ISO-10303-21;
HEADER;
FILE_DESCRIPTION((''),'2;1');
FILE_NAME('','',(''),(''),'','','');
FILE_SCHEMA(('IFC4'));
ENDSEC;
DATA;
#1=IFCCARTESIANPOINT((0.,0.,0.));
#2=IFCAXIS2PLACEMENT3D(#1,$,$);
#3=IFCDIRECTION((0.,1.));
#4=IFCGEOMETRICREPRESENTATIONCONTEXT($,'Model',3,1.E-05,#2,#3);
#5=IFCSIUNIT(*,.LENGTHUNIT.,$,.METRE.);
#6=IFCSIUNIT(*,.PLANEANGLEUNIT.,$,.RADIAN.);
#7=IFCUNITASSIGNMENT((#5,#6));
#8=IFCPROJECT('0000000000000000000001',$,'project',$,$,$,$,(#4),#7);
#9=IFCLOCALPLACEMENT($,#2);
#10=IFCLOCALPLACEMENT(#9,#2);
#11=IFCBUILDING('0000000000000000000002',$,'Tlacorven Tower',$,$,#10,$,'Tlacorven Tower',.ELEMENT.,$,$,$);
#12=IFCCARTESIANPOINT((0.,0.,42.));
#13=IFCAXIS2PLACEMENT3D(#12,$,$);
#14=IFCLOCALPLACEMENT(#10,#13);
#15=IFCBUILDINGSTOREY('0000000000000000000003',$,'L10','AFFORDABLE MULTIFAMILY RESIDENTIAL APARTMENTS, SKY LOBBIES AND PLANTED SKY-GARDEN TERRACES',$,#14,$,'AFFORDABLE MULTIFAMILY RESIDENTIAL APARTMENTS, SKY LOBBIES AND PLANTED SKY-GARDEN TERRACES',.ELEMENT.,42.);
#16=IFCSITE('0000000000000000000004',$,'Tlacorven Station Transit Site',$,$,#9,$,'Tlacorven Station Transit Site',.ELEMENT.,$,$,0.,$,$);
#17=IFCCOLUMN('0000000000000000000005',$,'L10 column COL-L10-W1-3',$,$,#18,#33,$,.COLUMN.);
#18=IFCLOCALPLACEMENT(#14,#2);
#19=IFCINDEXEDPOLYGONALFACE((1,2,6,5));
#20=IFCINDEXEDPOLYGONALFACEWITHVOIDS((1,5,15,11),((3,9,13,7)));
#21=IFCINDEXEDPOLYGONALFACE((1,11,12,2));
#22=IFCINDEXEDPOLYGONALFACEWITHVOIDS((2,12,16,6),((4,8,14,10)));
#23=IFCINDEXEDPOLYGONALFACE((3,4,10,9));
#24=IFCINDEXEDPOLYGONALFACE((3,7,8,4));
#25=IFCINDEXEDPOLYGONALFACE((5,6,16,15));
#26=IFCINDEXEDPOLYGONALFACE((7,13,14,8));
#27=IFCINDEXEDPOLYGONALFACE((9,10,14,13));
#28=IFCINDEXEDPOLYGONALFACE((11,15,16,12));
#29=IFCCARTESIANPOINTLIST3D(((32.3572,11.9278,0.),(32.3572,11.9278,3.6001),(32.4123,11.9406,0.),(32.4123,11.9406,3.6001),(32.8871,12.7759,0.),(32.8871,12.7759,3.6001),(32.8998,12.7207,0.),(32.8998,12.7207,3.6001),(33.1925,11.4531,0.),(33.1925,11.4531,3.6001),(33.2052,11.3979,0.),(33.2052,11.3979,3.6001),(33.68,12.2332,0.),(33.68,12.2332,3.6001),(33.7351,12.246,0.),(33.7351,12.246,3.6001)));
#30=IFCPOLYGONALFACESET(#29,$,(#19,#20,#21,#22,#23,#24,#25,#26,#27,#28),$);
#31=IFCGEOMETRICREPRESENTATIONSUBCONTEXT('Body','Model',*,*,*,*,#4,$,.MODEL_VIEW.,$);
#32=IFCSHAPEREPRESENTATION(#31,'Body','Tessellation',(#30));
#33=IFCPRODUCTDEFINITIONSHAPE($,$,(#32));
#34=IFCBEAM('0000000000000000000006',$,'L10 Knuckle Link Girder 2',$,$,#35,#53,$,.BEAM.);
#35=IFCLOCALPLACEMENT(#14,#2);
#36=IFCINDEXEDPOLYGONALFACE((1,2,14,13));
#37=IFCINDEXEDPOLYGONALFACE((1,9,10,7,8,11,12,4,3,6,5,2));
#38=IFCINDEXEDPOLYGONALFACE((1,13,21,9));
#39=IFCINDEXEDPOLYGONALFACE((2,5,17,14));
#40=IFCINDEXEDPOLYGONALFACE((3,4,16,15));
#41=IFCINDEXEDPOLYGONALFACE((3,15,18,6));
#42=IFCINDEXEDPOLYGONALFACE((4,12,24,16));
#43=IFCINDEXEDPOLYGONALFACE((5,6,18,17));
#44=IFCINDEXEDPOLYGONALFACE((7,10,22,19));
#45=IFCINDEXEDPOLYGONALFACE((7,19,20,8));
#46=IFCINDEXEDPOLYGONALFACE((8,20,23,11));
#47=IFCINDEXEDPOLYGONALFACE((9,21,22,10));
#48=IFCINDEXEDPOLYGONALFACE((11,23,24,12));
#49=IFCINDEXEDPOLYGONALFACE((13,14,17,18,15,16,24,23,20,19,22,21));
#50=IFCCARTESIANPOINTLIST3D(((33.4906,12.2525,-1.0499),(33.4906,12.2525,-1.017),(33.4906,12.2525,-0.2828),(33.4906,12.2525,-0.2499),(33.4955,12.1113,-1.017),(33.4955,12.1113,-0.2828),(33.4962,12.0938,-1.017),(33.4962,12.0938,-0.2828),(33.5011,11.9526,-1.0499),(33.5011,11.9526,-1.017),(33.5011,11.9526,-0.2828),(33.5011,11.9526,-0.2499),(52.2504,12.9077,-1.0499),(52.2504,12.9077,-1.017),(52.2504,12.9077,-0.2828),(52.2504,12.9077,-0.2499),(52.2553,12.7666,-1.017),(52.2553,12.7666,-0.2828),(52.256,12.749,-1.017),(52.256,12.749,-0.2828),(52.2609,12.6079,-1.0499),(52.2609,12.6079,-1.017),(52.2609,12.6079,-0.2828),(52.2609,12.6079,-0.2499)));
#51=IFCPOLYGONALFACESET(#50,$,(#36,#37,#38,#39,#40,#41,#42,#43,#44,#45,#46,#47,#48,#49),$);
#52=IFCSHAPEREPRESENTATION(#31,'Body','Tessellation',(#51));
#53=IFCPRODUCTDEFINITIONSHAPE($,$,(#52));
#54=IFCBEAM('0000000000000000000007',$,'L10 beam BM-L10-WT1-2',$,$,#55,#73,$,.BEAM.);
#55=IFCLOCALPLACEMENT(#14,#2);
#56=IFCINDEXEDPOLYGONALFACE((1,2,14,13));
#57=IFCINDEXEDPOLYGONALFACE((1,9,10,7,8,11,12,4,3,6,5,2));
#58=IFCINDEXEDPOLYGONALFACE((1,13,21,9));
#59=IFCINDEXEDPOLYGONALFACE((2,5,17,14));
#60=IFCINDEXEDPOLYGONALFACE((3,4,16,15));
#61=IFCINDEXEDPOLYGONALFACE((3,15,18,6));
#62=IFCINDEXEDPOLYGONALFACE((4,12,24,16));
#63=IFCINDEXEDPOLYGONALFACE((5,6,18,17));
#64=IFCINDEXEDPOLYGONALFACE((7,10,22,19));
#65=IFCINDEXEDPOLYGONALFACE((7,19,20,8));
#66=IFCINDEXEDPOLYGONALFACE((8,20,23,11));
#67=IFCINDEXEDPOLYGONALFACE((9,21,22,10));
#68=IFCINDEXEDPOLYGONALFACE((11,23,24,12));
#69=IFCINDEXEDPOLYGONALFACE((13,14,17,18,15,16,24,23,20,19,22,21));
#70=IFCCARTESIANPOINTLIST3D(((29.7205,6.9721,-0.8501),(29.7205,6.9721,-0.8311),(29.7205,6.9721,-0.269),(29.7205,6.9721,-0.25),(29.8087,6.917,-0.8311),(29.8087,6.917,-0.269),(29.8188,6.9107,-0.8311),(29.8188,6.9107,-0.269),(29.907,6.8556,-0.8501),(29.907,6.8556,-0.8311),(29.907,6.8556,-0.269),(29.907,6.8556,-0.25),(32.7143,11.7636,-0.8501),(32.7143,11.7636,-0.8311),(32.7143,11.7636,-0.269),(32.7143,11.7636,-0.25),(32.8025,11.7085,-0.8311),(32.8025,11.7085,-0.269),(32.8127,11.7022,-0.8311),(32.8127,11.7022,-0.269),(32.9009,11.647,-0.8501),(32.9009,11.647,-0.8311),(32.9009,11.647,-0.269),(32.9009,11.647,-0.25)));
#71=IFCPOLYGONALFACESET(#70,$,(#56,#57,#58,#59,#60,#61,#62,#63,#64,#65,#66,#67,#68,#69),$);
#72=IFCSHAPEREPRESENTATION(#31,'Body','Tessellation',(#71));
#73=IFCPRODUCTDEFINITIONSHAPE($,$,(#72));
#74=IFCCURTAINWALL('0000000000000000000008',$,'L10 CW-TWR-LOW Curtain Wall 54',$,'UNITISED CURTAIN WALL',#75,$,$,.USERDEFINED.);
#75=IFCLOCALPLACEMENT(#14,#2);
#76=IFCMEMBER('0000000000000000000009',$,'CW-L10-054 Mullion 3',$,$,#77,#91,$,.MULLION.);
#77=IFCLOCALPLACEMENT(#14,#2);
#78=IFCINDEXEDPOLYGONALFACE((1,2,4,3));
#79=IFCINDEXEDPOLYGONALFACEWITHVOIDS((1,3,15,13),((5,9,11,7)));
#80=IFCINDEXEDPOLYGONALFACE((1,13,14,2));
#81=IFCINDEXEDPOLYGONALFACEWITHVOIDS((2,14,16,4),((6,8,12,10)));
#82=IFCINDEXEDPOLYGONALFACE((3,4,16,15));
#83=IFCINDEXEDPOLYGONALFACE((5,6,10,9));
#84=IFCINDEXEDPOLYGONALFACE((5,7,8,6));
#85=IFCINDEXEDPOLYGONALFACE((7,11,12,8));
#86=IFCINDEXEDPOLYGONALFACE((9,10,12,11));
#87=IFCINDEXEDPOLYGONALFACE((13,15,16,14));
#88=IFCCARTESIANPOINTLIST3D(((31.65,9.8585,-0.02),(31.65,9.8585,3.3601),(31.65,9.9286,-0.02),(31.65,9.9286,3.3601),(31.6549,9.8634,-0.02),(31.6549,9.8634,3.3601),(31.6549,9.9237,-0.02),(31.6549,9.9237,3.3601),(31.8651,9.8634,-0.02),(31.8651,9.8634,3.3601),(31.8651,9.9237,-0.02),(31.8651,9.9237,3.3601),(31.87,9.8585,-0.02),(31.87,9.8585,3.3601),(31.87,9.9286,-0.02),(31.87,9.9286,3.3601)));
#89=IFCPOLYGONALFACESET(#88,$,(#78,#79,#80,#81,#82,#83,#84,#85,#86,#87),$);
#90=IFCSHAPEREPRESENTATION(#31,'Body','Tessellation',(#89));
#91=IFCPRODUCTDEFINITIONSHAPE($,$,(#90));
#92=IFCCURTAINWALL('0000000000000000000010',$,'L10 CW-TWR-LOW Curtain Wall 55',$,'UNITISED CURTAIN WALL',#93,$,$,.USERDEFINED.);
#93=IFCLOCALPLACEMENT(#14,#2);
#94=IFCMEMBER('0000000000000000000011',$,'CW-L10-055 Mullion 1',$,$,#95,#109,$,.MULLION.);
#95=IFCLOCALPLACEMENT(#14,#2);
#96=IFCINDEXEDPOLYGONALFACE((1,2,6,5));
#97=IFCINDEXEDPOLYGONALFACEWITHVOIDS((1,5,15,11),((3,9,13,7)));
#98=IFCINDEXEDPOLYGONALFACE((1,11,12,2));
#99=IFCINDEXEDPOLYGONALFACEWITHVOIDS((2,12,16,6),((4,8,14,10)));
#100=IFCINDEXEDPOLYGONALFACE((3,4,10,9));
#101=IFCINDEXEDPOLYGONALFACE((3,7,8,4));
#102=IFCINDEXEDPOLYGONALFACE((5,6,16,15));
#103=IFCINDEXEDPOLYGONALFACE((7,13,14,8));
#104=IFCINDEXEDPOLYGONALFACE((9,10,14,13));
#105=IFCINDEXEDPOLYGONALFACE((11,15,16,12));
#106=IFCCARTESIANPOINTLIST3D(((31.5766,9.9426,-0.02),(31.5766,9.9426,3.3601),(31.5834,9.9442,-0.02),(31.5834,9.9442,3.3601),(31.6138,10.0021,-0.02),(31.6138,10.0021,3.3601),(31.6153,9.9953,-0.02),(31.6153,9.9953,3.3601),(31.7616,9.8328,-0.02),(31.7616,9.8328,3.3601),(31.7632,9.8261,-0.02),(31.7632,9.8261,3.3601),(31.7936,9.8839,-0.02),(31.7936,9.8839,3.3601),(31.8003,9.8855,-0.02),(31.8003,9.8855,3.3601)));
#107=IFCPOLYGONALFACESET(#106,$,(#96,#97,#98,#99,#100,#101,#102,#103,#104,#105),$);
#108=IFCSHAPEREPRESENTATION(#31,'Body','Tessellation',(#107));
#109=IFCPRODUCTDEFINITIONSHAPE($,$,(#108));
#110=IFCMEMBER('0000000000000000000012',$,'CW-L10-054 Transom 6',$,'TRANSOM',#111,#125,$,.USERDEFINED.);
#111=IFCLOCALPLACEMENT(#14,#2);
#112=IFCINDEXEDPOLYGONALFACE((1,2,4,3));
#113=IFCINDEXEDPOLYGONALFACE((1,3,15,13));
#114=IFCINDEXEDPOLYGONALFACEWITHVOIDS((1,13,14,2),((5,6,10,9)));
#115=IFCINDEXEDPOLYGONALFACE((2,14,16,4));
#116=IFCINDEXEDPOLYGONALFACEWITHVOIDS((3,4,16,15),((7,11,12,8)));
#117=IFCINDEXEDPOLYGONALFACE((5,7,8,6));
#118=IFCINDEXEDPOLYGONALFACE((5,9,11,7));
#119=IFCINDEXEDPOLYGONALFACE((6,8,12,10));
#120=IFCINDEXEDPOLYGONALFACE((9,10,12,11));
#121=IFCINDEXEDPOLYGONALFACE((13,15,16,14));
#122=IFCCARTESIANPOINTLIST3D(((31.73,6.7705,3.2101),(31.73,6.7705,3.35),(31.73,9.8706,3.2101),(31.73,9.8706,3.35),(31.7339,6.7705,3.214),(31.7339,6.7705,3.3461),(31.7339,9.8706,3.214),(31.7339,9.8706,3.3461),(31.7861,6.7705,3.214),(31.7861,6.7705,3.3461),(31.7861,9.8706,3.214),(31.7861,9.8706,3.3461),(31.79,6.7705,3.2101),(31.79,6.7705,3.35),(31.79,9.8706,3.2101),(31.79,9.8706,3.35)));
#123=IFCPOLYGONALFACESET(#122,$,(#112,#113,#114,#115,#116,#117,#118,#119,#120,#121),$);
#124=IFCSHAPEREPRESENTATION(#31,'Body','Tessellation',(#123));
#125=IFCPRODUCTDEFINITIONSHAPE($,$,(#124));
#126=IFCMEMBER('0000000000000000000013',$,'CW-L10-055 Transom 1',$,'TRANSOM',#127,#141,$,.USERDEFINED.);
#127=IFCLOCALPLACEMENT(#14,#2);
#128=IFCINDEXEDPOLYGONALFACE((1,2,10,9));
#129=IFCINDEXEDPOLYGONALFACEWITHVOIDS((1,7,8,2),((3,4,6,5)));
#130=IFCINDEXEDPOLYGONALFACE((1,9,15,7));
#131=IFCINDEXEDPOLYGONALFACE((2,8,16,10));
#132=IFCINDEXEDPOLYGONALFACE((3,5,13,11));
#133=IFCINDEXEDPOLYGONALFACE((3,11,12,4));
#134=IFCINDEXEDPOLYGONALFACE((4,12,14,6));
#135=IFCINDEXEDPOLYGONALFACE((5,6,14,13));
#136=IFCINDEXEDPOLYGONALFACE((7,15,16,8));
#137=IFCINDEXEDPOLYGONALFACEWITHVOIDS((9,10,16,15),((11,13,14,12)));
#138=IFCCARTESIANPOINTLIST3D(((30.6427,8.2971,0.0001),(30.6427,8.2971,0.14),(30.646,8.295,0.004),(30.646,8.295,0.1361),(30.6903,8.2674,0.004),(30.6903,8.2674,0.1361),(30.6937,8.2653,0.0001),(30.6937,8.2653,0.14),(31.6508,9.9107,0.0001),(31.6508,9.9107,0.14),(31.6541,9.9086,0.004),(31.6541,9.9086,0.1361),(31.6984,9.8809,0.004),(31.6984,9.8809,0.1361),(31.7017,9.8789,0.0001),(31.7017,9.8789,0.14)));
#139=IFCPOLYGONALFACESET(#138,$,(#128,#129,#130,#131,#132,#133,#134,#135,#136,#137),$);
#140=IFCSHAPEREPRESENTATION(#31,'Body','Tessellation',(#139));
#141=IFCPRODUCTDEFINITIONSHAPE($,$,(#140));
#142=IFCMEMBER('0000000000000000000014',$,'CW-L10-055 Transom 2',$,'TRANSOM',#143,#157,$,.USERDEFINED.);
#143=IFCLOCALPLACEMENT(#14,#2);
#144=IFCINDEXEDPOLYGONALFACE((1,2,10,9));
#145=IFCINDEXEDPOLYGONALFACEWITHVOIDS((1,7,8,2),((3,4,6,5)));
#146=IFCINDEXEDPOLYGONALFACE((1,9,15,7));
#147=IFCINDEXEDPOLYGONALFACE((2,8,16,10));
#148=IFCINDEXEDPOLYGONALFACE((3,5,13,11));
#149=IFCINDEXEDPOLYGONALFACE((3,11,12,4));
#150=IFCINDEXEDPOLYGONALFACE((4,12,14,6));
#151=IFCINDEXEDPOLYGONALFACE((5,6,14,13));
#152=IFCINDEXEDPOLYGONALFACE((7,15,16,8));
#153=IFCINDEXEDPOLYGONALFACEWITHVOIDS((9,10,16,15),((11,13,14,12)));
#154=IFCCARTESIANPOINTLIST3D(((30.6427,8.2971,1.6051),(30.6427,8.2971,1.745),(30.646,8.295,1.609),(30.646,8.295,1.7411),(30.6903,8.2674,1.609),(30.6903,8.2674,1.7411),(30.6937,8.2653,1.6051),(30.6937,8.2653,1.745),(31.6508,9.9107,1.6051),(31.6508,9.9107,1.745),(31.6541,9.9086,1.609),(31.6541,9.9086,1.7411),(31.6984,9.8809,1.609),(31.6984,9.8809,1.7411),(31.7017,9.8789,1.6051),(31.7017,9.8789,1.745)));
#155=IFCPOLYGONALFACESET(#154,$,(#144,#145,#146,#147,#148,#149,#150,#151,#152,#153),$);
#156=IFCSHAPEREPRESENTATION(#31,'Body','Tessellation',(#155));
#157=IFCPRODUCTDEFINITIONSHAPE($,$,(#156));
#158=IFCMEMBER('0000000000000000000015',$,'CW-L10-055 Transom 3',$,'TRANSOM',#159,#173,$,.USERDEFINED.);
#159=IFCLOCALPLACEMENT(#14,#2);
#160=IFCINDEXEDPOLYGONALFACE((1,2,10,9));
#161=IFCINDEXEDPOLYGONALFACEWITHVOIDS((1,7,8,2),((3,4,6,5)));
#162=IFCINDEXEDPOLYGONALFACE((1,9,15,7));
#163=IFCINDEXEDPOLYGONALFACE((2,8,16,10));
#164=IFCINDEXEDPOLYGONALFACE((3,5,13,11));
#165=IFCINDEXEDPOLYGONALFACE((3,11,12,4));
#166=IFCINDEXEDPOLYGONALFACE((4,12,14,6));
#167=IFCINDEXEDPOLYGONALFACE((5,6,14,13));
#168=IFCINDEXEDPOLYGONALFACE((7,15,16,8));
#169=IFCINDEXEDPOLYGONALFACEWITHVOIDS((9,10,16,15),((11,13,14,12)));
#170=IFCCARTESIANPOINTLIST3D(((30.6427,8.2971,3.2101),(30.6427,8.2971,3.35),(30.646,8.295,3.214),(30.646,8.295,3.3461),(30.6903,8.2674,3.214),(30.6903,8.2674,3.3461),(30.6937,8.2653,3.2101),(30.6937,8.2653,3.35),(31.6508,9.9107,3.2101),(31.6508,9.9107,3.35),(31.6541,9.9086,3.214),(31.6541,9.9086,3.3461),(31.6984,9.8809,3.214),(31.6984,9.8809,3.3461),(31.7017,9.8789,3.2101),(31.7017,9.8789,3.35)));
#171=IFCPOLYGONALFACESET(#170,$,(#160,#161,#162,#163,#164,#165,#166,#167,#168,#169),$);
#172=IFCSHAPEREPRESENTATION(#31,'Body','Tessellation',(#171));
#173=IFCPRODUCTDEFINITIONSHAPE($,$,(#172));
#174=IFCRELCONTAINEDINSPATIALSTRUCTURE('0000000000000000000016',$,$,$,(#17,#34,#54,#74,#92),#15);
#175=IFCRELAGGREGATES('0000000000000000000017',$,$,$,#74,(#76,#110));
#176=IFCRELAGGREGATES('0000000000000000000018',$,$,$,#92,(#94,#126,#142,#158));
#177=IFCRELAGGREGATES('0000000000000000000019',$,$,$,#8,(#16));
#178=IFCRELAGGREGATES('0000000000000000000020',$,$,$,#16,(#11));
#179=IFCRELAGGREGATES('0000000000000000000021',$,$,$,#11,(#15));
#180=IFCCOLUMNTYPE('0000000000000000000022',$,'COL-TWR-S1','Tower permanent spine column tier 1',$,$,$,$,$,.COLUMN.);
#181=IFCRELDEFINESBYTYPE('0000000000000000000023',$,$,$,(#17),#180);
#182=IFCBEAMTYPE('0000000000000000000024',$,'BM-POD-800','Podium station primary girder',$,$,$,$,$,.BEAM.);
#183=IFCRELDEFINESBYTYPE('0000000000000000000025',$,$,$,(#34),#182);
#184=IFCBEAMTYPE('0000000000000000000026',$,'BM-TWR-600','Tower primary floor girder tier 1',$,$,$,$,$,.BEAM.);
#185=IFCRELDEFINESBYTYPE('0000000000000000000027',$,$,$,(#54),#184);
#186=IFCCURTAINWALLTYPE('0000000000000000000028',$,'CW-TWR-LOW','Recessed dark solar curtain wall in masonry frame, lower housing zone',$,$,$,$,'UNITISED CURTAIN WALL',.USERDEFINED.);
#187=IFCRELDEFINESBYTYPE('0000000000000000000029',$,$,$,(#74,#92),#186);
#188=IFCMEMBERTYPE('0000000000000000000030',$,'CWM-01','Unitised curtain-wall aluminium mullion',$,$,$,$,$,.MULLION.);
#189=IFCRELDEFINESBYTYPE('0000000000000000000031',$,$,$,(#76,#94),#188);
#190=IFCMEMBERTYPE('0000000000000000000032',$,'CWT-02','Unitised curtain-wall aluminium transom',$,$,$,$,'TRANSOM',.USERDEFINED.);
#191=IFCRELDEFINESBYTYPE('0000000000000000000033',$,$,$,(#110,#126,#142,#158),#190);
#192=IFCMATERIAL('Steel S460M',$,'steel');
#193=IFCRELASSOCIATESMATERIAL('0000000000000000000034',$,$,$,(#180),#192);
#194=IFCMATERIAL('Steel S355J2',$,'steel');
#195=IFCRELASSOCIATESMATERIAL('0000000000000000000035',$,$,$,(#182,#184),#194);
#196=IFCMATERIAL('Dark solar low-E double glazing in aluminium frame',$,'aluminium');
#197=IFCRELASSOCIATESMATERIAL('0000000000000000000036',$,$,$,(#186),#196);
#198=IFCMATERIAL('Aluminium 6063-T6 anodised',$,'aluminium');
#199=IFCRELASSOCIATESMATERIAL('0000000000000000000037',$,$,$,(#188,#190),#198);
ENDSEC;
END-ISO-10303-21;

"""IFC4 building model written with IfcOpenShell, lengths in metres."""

from ifc_helpers import new_model, si_unit, direction, frame, origin, origin_2d, place, context, subcontext, project, spatial, hollow_rectangle, i_section, extrude, source, transform, mapped, material, material_profile, profile_set, type_object, element, aggregate, save


model = new_model("IFC4")

# Units and contexts
model_context = context("Model", 3, precision=1e-05, world=origin(), true_north=direction((0.0, 1.0)))
body_context = subcontext(model_context, "Body", "Model", "MODEL_VIEW")
ifc_project = project(units=[si_unit("LENGTHUNIT", "METRE"), si_unit("PLANEANGLEUNIT", "RADIAN")], contexts=[model_context])

# Site, building, storey
site_placement = place(None, origin())
site = spatial("IfcSite", under=ifc_project, at=site_placement, Name="Tlacorven Station Transit Site", LongName="Tlacorven Station Transit Site", CompositionType="ELEMENT", RefElevation=0.0)
building_placement = place(site_placement, origin())
building = spatial("IfcBuilding", under=site, at=building_placement, Name="Tlacorven Tower", LongName="Tlacorven Tower", CompositionType="ELEMENT")
storey_placement = place(building_placement, frame((0.0, 0.0, 42.0)))
storey = spatial("IfcBuildingStorey", under=building, at=storey_placement, Name="L10", Description="AFFORDABLE MULTIFAMILY RESIDENTIAL APARTMENTS, SKY LOBBIES AND PLANTED SKY-GARDEN TERRACES", LongName="AFFORDABLE MULTIFAMILY RESIDENTIAL APARTMENTS, SKY LOBBIES AND PLANTED SKY-GARDEN TERRACES", CompositionType="ELEMENT", Elevation=42.0)

# Column
ifc_material_1 = material(Name="Steel S460M", Category="steel")
ifc_material_profile_1 = material_profile(ifc_material_1, hollow_rectangle(XDim=1.0, YDim=1.0, WallThickness=0.04, at=origin_2d()), Name="BOX 1000X1000X40")
ifc_profile_set_1 = profile_set([ifc_material_profile_1], Name="Steel S460M")
column_type = type_object("IfcColumnType", Name="COL-TWR-S1", Description="Tower permanent spine column tier 1", PredefinedType="COLUMN", material=ifc_profile_set_1)
shared_shape_1 = source(origin(), body_context, "Body", "SweptSolid", [
    extrude(hollow_rectangle(XDim=1.0, YDim=1.0, WallThickness=0.04, at=origin_2d()), origin(), (0.0, 0.0, 1.0), 3.6001),
])
column_placement = place(storey_placement, frame((33.0461, 12.0869, 0.0), z_axis=(0.0, 0.0, 1.0), x_axis=(-0.848048, 0.529919, 0.0)))
element("IfcColumn", 1, at=column_placement, inside=storey, type_object=column_type, Name="L10 column COL-L10-W1-3", PredefinedType="COLUMN", context=body_context, shape_type="MappedRepresentation", body=[
    mapped(shared_shape_1, transform((0.0, 0.0, 0.0), scale=1.0)),
])

# Beams
ifc_material_2 = material(Name="Steel S355J2", Category="steel")
ifc_material_profile_2 = material_profile(ifc_material_2, i_section(OverallWidth=0.3, OverallDepth=0.8, WebThickness=0.0176, FlangeThickness=0.033, at=origin_2d()), Name="HEB 800")
ifc_profile_set_2 = profile_set([ifc_material_profile_2], Name="Steel S355J2")
beam_type_1 = type_object("IfcBeamType", Name="BM-POD-800", Description="Podium station primary girder", PredefinedType="BEAM", material=ifc_profile_set_2)
shared_shape_2 = source(origin(), body_context, "Body", "SweptSolid", [
    extrude(i_section(OverallWidth=0.3, OverallDepth=0.8, WebThickness=0.0176, FlangeThickness=0.033, at=origin_2d()), origin(), (0.0, 0.0, 1.0), 18.7712),
])
beam_1_placement = place(storey_placement, frame((33.4958, 12.1025, -0.6499), z_axis=(0.999391, 0.034908, 0.0), x_axis=(-0.034908, 0.999391, 0.0)))
element("IfcBeam", 2, at=beam_1_placement, inside=storey, type_object=beam_type_1, Name="L10 Knuckle Link Girder 2", PredefinedType="BEAM", context=body_context, shape_type="MappedRepresentation", body=[
    mapped(shared_shape_2, transform((0.0, 0.0, 0.0), scale=1.0)),
])
ifc_material_profile_3 = material_profile(ifc_material_2, i_section(OverallWidth=0.22, OverallDepth=0.6001, WebThickness=0.012, FlangeThickness=0.019, at=origin_2d()), Name="IPE 600")
ifc_profile_set_3 = profile_set([ifc_material_profile_3], Name="Steel S355J2")
beam_type_2 = type_object("IfcBeamType", Name="BM-TWR-600", Description="Tower primary floor girder tier 1", PredefinedType="BEAM", material=ifc_profile_set_3)
shared_shape_3 = source(origin(), body_context, "Body", "SweptSolid", [
    extrude(i_section(OverallWidth=0.22, OverallDepth=0.6001, WebThickness=0.012, FlangeThickness=0.019, at=origin_2d()), origin(), (0.0, 0.0, 1.0), 5.6499),
])
beam_2_placement = place(storey_placement, frame((32.8076, 11.7053, -0.55), z_axis=(-0.529898, -0.848061, 0.0), x_axis=(0.848061, -0.529898, 0.0)))
element("IfcBeam", 3, at=beam_2_placement, inside=storey, type_object=beam_type_2, Name="L10 beam BM-L10-WT1-2", PredefinedType="BEAM", context=body_context, shape_type="MappedRepresentation", body=[
    mapped(shared_shape_3, transform((0.0, 0.0, 0.0), scale=1.0)),
])

# Curtain walls, members
ifc_material_3 = material(Name="Dark solar low-E double glazing in aluminium frame", Category="aluminium")
curtain_wall_type = type_object("IfcCurtainWallType", Name="CW-TWR-LOW", Description="Recessed dark solar curtain wall in masonry frame, lower housing zone", ElementType="UNITISED CURTAIN WALL", PredefinedType="USERDEFINED", material=ifc_material_3)
curtain_wall_1_placement = place(storey_placement, origin())
curtain_wall_1 = element("IfcCurtainWall", 4, at=curtain_wall_1_placement, inside=storey, type_object=curtain_wall_type, Name="L10 CW-TWR-LOW Curtain Wall 54", ObjectType="UNITISED CURTAIN WALL", PredefinedType="USERDEFINED")
ifc_material_4 = material(Name="Aluminium 6063-T6 anodised", Category="aluminium")
ifc_material_profile_4 = material_profile(ifc_material_4, hollow_rectangle(XDim=0.0701, YDim=0.22, WallThickness=0.0049, at=origin_2d()), Name="ALU MULLION 70X220")
ifc_profile_set_4 = profile_set([ifc_material_profile_4], Name="Aluminium 6063-T6 anodised")
member_type_1 = type_object("IfcMemberType", Name="CWM-01", Description="Unitised curtain-wall aluminium mullion", PredefinedType="MULLION", material=ifc_profile_set_4)
shared_shape_4 = source(origin(), body_context, "Body", "SweptSolid", [
    extrude(hollow_rectangle(XDim=0.0701, YDim=0.22, WallThickness=0.0049, at=origin_2d()), origin(), (0.0, 0.0, 1.0), 3.3801),
])
member_1_placement = place(storey_placement, frame((31.76, 9.8936, -0.02), z_axis=(0.0, 0.0, 1.0), x_axis=(0.0, 1.0, 0.0)))
member_1 = element("IfcMember", 5, at=member_1_placement, type_object=member_type_1, Name="CW-L10-054 Mullion 3", PredefinedType="MULLION", context=body_context, shape_type="MappedRepresentation", body=[
    mapped(shared_shape_4, transform((0.0, 0.0, 0.0), scale=1.0)),
])
curtain_wall_2_placement = place(storey_placement, origin())
curtain_wall_2 = element("IfcCurtainWall", 6, at=curtain_wall_2_placement, inside=storey, type_object=curtain_wall_type, Name="L10 CW-TWR-LOW Curtain Wall 55", ObjectType="UNITISED CURTAIN WALL", PredefinedType="USERDEFINED")
member_2_placement = place(storey_placement, frame((31.6885, 9.9141, -0.02), z_axis=(0.0, 0.0, 1.0), x_axis=(-0.529919, -0.848048, 0.0)))
member_2 = element("IfcMember", 7, at=member_2_placement, type_object=member_type_1, Name="CW-L10-055 Mullion 1", PredefinedType="MULLION", context=body_context, shape_type="MappedRepresentation", body=[
    mapped(shared_shape_4, transform((0.0, 0.0, 0.0), scale=1.0)),
])

# Members
ifc_material_profile_5 = material_profile(ifc_material_4, hollow_rectangle(XDim=0.0601, YDim=0.1399, WallThickness=0.0039, at=origin_2d()), Name="ALU TRANSOM 60X140")
ifc_profile_set_5 = profile_set([ifc_material_profile_5], Name="Aluminium 6063-T6 anodised")
member_type_2 = type_object("IfcMemberType", Name="CWT-02", Description="Unitised curtain-wall aluminium transom", ElementType="TRANSOM", PredefinedType="USERDEFINED", material=ifc_profile_set_5)
shared_shape_5 = source(origin(), body_context, "Body", "SweptSolid", [
    extrude(hollow_rectangle(XDim=0.0601, YDim=0.1399, WallThickness=0.0039, at=origin_2d()), origin(), (0.0, 0.0, 1.0), 3.1001),
])
member_3_placement = place(storey_placement, frame((31.76, 6.7705, 3.28), z_axis=(0.0, 1.0, 0.0), x_axis=(-1.0, 0.0, 0.0)))
member_3 = element("IfcMember", 8, at=member_3_placement, type_object=member_type_2, Name="CW-L10-054 Transom 6", ObjectType="TRANSOM", PredefinedType="USERDEFINED", context=body_context, shape_type="MappedRepresentation", body=[
    mapped(shared_shape_5, transform((0.0, 0.0, 0.0), scale=1.0)),
])
shared_shape_6 = source(origin(), body_context, "Body", "SweptSolid", [
    extrude(hollow_rectangle(XDim=0.0601, YDim=0.1399, WallThickness=0.0039, at=origin_2d()), origin(), (0.0, 0.0, 1.0), 1.9026),
])
member_4_placement = place(storey_placement, frame((31.6763, 9.8948, 0.0701), z_axis=(-0.529849, -0.848092, 0.0), x_axis=(0.848092, -0.529849, 0.0)))
member_4 = element("IfcMember", 9, at=member_4_placement, type_object=member_type_2, Name="CW-L10-055 Transom 1", ObjectType="TRANSOM", PredefinedType="USERDEFINED", context=body_context, shape_type="MappedRepresentation", body=[
    mapped(shared_shape_6, transform((0.0, 0.0, 0.0), scale=1.0)),
])
member_5_placement = place(storey_placement, frame((31.6763, 9.8948, 1.675), z_axis=(-0.529849, -0.848092, 0.0), x_axis=(0.848092, -0.529849, 0.0)))
member_5 = element("IfcMember", 10, at=member_5_placement, type_object=member_type_2, Name="CW-L10-055 Transom 2", ObjectType="TRANSOM", PredefinedType="USERDEFINED", context=body_context, shape_type="MappedRepresentation", body=[
    mapped(shared_shape_6, transform((0.0, 0.0, 0.0), scale=1.0)),
])
member_6_placement = place(storey_placement, frame((31.6763, 9.8948, 3.28), z_axis=(-0.529849, -0.848092, 0.0), x_axis=(0.848092, -0.529849, 0.0)))
member_6 = element("IfcMember", 11, at=member_6_placement, type_object=member_type_2, Name="CW-L10-055 Transom 3", ObjectType="TRANSOM", PredefinedType="USERDEFINED", context=body_context, shape_type="MappedRepresentation", body=[
    mapped(shared_shape_6, transform((0.0, 0.0, 0.0), scale=1.0)),
])

aggregate(curtain_wall_1, [member_1, member_3])
aggregate(curtain_wall_2, [member_2, member_4, member_5, member_6])

save(model, "model.ifc")
